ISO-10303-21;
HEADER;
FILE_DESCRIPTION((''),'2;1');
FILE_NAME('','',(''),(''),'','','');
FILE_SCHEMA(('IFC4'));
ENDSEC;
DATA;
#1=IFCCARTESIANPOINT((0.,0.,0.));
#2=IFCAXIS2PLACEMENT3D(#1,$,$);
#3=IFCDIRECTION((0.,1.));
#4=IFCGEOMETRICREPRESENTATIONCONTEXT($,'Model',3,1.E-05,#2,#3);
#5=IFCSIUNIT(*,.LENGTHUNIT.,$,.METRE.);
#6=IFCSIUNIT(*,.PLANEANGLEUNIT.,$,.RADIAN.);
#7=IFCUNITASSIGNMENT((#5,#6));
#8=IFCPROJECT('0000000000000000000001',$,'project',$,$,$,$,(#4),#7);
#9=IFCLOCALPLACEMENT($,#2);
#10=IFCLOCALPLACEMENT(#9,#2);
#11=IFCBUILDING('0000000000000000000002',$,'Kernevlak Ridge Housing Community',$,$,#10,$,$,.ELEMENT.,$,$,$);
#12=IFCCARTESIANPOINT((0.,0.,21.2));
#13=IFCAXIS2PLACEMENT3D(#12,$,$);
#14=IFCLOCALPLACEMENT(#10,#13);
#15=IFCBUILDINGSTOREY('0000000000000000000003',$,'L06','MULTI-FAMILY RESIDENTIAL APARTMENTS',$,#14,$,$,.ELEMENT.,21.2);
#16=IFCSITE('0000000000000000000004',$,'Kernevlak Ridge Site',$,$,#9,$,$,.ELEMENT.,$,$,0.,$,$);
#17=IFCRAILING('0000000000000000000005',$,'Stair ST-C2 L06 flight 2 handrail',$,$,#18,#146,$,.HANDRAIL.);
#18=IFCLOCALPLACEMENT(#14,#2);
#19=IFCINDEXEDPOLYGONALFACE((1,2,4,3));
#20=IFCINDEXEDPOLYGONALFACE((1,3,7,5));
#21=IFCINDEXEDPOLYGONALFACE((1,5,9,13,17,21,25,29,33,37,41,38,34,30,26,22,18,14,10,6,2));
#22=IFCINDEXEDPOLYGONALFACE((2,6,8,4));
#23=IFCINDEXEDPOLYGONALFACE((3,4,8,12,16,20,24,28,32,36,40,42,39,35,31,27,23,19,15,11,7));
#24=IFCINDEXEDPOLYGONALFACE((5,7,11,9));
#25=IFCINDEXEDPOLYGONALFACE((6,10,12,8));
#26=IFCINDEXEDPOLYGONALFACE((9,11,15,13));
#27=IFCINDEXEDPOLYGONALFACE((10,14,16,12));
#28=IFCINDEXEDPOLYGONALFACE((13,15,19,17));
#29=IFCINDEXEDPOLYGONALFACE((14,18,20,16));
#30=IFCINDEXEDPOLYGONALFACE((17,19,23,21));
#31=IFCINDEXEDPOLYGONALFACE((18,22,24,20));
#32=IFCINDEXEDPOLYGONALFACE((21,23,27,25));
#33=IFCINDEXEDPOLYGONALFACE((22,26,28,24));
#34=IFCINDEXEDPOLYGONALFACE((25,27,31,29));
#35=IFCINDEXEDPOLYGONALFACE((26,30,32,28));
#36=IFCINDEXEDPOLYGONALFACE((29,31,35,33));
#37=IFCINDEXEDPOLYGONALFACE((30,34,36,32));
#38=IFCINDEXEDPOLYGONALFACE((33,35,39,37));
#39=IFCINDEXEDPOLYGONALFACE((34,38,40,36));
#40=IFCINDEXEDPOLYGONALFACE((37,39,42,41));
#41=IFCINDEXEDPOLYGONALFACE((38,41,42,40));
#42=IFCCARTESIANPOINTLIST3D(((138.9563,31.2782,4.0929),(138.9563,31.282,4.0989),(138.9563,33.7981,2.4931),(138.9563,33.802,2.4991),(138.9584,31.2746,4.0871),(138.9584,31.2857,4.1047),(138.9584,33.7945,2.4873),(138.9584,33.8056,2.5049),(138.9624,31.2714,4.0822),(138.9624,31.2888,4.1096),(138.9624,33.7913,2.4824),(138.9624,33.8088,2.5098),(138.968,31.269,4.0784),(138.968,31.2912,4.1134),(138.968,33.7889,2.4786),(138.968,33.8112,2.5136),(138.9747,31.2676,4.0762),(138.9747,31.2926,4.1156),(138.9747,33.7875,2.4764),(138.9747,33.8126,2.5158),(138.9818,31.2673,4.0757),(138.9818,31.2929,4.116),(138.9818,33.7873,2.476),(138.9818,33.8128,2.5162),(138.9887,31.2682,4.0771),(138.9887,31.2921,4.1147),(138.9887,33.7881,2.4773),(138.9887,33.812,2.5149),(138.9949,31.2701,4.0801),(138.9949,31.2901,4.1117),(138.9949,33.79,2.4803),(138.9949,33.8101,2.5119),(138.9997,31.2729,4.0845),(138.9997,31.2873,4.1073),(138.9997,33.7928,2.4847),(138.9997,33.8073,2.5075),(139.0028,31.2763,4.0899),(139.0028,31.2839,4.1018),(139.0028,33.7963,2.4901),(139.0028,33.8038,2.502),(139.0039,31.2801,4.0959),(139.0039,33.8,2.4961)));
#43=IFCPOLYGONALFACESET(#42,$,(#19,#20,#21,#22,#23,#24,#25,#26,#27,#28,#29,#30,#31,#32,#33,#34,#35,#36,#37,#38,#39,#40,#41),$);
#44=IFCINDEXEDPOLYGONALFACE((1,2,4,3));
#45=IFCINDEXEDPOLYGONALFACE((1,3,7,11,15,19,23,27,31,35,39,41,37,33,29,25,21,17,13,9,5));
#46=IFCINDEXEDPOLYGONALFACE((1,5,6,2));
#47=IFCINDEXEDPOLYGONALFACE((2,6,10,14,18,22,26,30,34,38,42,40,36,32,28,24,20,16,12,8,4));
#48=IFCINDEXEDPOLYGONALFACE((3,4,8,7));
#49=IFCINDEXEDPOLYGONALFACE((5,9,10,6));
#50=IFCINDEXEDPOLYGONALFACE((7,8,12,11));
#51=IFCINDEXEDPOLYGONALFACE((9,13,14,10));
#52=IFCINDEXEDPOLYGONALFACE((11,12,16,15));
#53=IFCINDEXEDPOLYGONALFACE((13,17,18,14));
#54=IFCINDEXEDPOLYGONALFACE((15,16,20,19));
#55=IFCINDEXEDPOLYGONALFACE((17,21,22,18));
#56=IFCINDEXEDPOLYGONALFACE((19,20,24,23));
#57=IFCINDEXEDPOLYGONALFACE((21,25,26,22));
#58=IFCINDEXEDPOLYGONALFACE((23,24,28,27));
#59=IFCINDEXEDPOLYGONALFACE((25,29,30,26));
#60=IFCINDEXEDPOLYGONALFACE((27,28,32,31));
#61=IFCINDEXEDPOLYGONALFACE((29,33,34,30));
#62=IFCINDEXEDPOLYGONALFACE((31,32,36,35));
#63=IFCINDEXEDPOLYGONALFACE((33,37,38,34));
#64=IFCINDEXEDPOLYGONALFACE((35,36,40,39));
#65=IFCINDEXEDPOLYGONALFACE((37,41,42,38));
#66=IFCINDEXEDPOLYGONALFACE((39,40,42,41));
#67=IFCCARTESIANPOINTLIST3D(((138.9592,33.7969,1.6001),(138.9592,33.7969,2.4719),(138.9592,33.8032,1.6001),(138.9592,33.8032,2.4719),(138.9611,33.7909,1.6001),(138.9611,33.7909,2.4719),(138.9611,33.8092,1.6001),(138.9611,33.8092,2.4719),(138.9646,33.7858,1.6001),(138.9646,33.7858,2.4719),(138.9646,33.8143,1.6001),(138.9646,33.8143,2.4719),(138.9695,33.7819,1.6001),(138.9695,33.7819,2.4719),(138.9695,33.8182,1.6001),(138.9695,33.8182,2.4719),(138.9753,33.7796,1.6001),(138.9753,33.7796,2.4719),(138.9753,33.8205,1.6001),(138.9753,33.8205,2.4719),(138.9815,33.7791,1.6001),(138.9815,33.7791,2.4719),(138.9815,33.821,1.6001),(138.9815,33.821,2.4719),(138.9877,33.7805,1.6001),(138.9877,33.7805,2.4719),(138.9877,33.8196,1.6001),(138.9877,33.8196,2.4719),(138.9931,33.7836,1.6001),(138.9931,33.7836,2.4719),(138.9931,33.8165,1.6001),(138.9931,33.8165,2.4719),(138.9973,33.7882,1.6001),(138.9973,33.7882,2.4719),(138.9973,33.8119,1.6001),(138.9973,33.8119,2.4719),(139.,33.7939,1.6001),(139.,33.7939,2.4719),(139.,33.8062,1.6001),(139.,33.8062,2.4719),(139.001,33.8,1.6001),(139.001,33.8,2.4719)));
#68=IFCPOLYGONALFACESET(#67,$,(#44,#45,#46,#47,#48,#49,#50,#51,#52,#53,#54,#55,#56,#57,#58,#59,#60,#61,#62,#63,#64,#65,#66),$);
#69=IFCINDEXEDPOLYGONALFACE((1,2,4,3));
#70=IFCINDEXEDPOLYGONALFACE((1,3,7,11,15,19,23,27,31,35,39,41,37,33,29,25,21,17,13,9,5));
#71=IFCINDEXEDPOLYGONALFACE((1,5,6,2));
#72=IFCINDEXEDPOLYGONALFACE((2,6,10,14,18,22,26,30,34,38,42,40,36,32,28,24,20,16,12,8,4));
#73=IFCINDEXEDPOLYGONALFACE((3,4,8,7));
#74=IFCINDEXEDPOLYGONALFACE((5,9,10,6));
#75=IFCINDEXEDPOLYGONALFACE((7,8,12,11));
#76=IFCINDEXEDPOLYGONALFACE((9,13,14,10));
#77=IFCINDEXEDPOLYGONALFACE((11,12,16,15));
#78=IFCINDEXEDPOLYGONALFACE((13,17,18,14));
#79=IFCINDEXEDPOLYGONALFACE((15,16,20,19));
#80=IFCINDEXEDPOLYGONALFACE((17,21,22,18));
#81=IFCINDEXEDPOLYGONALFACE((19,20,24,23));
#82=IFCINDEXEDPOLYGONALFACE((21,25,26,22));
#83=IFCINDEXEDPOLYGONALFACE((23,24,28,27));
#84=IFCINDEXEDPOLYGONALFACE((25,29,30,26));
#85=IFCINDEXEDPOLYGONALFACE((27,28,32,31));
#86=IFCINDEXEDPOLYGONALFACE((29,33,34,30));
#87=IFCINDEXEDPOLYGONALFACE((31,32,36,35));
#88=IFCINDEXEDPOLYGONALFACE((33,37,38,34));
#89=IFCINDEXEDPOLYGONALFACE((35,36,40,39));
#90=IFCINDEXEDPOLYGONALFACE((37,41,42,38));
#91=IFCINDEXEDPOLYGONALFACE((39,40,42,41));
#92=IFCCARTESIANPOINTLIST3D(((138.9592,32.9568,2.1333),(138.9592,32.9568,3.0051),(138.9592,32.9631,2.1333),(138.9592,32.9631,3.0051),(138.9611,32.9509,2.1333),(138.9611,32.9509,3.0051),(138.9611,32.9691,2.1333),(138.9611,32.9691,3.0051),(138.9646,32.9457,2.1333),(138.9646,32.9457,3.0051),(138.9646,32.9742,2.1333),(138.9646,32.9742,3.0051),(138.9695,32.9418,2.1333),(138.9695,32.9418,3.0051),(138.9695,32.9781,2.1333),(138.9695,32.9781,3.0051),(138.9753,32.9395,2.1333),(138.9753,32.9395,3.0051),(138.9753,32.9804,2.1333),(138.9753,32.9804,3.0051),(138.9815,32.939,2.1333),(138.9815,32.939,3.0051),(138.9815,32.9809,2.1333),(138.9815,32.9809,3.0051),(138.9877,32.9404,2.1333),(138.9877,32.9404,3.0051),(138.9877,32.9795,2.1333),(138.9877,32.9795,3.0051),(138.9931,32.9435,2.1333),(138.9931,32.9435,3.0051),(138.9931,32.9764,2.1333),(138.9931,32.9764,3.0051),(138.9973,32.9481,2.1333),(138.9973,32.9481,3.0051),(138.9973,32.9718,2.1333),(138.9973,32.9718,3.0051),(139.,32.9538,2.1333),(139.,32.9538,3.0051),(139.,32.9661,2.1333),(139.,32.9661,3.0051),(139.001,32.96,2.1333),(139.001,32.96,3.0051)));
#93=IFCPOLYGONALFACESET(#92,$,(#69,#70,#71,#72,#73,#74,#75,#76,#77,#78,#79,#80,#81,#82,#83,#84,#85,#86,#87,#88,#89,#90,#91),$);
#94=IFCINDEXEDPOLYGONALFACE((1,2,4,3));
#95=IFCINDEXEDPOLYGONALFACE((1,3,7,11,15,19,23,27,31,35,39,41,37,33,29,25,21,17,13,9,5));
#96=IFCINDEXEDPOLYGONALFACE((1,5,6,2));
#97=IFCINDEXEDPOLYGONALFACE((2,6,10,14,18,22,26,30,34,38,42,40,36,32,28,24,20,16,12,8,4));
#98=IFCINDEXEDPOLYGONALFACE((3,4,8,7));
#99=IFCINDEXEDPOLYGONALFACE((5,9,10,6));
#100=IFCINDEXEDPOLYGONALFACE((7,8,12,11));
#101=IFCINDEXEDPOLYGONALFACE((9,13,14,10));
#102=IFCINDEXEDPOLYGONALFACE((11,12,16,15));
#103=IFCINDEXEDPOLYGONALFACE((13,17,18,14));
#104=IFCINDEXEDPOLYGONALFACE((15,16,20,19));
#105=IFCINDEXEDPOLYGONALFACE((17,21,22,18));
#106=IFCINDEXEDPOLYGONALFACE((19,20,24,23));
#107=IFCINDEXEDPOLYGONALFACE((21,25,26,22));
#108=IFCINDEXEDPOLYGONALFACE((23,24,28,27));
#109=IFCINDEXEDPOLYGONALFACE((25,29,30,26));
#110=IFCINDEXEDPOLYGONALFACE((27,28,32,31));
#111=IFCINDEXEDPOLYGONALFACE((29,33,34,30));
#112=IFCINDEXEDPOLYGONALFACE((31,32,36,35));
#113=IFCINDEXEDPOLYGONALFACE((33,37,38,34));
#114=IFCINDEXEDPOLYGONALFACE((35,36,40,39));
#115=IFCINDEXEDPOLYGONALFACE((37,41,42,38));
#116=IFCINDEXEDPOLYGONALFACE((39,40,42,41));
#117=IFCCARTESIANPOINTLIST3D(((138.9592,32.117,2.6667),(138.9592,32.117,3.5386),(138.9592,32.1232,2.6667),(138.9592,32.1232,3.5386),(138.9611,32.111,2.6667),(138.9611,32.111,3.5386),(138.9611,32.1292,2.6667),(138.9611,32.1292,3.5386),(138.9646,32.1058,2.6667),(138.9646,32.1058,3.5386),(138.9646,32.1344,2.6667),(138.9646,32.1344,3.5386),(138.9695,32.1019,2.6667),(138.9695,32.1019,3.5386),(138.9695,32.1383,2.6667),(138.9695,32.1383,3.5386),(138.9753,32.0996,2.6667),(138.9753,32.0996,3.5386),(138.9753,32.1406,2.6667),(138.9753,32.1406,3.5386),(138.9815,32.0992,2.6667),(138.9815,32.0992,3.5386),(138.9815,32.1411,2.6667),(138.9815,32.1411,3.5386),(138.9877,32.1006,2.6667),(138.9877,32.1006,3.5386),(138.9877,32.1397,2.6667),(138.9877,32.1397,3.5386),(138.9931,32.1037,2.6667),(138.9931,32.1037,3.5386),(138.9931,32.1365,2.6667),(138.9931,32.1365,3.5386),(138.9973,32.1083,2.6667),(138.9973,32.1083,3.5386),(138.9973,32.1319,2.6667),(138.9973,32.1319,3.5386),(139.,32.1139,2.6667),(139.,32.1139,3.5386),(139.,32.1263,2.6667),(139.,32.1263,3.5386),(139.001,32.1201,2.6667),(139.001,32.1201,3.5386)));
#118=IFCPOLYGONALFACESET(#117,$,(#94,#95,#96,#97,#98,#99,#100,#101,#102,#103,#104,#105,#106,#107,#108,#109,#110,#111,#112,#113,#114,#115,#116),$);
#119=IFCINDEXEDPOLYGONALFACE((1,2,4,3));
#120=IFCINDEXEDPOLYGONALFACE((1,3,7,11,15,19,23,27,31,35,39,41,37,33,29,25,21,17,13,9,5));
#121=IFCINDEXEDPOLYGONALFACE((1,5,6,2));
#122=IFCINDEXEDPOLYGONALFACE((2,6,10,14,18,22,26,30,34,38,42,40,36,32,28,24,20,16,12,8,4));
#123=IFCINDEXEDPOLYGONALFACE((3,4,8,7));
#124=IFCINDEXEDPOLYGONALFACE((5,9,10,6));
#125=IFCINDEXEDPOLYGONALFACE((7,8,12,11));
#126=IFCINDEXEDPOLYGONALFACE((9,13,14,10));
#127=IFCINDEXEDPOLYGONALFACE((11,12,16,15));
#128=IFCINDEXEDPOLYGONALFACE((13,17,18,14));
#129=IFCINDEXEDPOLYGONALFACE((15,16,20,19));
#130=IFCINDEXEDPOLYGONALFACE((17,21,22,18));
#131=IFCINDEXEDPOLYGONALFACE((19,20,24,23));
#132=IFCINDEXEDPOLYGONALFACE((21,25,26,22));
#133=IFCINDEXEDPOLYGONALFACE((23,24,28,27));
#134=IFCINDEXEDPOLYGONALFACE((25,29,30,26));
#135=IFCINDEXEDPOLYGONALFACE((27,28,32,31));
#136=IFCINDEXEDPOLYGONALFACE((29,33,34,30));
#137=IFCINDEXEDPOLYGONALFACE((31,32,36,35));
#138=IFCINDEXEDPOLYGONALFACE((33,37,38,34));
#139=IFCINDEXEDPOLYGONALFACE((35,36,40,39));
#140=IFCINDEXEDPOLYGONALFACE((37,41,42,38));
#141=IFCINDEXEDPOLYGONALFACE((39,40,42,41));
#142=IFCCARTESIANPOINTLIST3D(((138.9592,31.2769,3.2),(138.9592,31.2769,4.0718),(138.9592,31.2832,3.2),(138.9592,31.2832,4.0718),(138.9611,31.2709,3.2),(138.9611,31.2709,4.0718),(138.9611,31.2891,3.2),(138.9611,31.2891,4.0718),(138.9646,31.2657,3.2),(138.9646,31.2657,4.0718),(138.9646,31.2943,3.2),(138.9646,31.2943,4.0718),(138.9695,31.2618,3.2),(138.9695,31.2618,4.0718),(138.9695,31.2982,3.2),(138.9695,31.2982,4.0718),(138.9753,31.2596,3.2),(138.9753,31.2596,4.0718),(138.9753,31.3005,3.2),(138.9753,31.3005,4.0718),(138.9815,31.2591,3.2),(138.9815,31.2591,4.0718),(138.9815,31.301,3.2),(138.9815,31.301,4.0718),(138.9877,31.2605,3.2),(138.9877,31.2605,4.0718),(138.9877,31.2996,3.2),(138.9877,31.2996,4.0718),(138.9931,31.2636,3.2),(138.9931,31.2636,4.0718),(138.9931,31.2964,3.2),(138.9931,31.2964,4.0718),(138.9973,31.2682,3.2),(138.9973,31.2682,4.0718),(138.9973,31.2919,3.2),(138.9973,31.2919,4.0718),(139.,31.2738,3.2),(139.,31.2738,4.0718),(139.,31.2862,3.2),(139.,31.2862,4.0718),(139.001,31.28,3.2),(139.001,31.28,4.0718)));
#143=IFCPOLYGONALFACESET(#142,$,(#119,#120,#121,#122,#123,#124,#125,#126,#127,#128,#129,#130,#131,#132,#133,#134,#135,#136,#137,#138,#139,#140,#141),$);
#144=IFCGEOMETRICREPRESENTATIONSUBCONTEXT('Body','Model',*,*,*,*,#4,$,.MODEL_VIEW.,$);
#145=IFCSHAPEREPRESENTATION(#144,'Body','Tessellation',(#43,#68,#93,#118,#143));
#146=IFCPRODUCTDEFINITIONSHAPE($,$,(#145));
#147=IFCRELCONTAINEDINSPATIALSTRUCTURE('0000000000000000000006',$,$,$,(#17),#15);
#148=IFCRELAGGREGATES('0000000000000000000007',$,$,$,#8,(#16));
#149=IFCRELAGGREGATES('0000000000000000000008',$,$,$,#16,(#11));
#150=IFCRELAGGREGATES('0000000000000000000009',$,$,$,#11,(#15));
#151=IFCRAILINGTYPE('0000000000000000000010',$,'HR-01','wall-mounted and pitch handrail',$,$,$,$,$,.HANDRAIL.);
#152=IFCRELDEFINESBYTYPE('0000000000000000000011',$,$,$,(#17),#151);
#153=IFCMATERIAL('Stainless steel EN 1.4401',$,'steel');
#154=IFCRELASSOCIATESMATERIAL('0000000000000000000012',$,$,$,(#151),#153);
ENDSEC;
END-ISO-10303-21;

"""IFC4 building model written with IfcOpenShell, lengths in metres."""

from ifc_helpers import new_model, si_unit, direction, frame, origin, origin_2d, place, context, subcontext, project, spatial, circle, extrude, material, type_object, element, save


model = new_model("IFC4")

# Units and contexts
model_context = context("Model", 3, precision=1e-05, world=origin(), true_north=direction((0.0, 1.0)))
body_context = subcontext(model_context, "Body", "Model", "MODEL_VIEW")
ifc_project = project(units=[si_unit("LENGTHUNIT", "METRE"), si_unit("PLANEANGLEUNIT", "RADIAN")], contexts=[model_context])

# Site, building, storey
site_placement = place(None, origin())
site = spatial("IfcSite", under=ifc_project, at=site_placement, Name="Kernevlak Ridge Site", CompositionType="ELEMENT", RefElevation=0.0)
building_placement = place(site_placement, origin())
building = spatial("IfcBuilding", under=site, at=building_placement, Name="Kernevlak Ridge Housing Community", CompositionType="ELEMENT")
storey_placement = place(building_placement, frame((0.0, 0.0, 21.2)))
storey = spatial("IfcBuildingStorey", under=building, at=storey_placement, Name="L06", Description="MULTI-FAMILY RESIDENTIAL APARTMENTS", CompositionType="ELEMENT", Elevation=21.2)

# Railing
ifc_material_1 = material(Name="Stainless steel EN 1.4401", Category="steel")
railing_type_1 = type_object("IfcRailingType", Name="HR-01", Description="wall-mounted and pitch handrail", PredefinedType="HANDRAIL", material=ifc_material_1)
railing_1_placement = place(storey_placement, frame((138.98, 33.8, 1.6001)))
element("IfcRailing", 1, at=railing_1_placement, inside=storey, type_object=railing_type_1, Name="Stair ST-C2 L06 flight 2 handrail", PredefinedType="HANDRAIL", context=body_context, shape_type="SweptSolid", body=[
    extrude(circle(Radius=0.0239, at=origin_2d()), frame((0.0, 0.0, 0.896), z_axis=(0.0, -0.844237, 0.53597), x_axis=(1.0, 0.0, 0.0)), (0.0, 0.0, 1.0), 2.9849),
    extrude(circle(Radius=0.021, at=origin_2d()), origin(), (0.0, 0.0, 1.0), 0.8718),
    extrude(circle(Radius=0.021, at=origin_2d()), frame((0.0, -0.8401, 0.5332)), (0.0, 0.0, 1.0), 0.8718),
    extrude(circle(Radius=0.021, at=origin_2d()), frame((0.0, -1.6799, 1.0667)), (0.0, 0.0, 1.0), 0.8718),
    extrude(circle(Radius=0.021, at=origin_2d()), frame((0.0, -2.52, 1.5999)), (0.0, 0.0, 1.0), 0.8718),
])

save(model, "model.ifc")
